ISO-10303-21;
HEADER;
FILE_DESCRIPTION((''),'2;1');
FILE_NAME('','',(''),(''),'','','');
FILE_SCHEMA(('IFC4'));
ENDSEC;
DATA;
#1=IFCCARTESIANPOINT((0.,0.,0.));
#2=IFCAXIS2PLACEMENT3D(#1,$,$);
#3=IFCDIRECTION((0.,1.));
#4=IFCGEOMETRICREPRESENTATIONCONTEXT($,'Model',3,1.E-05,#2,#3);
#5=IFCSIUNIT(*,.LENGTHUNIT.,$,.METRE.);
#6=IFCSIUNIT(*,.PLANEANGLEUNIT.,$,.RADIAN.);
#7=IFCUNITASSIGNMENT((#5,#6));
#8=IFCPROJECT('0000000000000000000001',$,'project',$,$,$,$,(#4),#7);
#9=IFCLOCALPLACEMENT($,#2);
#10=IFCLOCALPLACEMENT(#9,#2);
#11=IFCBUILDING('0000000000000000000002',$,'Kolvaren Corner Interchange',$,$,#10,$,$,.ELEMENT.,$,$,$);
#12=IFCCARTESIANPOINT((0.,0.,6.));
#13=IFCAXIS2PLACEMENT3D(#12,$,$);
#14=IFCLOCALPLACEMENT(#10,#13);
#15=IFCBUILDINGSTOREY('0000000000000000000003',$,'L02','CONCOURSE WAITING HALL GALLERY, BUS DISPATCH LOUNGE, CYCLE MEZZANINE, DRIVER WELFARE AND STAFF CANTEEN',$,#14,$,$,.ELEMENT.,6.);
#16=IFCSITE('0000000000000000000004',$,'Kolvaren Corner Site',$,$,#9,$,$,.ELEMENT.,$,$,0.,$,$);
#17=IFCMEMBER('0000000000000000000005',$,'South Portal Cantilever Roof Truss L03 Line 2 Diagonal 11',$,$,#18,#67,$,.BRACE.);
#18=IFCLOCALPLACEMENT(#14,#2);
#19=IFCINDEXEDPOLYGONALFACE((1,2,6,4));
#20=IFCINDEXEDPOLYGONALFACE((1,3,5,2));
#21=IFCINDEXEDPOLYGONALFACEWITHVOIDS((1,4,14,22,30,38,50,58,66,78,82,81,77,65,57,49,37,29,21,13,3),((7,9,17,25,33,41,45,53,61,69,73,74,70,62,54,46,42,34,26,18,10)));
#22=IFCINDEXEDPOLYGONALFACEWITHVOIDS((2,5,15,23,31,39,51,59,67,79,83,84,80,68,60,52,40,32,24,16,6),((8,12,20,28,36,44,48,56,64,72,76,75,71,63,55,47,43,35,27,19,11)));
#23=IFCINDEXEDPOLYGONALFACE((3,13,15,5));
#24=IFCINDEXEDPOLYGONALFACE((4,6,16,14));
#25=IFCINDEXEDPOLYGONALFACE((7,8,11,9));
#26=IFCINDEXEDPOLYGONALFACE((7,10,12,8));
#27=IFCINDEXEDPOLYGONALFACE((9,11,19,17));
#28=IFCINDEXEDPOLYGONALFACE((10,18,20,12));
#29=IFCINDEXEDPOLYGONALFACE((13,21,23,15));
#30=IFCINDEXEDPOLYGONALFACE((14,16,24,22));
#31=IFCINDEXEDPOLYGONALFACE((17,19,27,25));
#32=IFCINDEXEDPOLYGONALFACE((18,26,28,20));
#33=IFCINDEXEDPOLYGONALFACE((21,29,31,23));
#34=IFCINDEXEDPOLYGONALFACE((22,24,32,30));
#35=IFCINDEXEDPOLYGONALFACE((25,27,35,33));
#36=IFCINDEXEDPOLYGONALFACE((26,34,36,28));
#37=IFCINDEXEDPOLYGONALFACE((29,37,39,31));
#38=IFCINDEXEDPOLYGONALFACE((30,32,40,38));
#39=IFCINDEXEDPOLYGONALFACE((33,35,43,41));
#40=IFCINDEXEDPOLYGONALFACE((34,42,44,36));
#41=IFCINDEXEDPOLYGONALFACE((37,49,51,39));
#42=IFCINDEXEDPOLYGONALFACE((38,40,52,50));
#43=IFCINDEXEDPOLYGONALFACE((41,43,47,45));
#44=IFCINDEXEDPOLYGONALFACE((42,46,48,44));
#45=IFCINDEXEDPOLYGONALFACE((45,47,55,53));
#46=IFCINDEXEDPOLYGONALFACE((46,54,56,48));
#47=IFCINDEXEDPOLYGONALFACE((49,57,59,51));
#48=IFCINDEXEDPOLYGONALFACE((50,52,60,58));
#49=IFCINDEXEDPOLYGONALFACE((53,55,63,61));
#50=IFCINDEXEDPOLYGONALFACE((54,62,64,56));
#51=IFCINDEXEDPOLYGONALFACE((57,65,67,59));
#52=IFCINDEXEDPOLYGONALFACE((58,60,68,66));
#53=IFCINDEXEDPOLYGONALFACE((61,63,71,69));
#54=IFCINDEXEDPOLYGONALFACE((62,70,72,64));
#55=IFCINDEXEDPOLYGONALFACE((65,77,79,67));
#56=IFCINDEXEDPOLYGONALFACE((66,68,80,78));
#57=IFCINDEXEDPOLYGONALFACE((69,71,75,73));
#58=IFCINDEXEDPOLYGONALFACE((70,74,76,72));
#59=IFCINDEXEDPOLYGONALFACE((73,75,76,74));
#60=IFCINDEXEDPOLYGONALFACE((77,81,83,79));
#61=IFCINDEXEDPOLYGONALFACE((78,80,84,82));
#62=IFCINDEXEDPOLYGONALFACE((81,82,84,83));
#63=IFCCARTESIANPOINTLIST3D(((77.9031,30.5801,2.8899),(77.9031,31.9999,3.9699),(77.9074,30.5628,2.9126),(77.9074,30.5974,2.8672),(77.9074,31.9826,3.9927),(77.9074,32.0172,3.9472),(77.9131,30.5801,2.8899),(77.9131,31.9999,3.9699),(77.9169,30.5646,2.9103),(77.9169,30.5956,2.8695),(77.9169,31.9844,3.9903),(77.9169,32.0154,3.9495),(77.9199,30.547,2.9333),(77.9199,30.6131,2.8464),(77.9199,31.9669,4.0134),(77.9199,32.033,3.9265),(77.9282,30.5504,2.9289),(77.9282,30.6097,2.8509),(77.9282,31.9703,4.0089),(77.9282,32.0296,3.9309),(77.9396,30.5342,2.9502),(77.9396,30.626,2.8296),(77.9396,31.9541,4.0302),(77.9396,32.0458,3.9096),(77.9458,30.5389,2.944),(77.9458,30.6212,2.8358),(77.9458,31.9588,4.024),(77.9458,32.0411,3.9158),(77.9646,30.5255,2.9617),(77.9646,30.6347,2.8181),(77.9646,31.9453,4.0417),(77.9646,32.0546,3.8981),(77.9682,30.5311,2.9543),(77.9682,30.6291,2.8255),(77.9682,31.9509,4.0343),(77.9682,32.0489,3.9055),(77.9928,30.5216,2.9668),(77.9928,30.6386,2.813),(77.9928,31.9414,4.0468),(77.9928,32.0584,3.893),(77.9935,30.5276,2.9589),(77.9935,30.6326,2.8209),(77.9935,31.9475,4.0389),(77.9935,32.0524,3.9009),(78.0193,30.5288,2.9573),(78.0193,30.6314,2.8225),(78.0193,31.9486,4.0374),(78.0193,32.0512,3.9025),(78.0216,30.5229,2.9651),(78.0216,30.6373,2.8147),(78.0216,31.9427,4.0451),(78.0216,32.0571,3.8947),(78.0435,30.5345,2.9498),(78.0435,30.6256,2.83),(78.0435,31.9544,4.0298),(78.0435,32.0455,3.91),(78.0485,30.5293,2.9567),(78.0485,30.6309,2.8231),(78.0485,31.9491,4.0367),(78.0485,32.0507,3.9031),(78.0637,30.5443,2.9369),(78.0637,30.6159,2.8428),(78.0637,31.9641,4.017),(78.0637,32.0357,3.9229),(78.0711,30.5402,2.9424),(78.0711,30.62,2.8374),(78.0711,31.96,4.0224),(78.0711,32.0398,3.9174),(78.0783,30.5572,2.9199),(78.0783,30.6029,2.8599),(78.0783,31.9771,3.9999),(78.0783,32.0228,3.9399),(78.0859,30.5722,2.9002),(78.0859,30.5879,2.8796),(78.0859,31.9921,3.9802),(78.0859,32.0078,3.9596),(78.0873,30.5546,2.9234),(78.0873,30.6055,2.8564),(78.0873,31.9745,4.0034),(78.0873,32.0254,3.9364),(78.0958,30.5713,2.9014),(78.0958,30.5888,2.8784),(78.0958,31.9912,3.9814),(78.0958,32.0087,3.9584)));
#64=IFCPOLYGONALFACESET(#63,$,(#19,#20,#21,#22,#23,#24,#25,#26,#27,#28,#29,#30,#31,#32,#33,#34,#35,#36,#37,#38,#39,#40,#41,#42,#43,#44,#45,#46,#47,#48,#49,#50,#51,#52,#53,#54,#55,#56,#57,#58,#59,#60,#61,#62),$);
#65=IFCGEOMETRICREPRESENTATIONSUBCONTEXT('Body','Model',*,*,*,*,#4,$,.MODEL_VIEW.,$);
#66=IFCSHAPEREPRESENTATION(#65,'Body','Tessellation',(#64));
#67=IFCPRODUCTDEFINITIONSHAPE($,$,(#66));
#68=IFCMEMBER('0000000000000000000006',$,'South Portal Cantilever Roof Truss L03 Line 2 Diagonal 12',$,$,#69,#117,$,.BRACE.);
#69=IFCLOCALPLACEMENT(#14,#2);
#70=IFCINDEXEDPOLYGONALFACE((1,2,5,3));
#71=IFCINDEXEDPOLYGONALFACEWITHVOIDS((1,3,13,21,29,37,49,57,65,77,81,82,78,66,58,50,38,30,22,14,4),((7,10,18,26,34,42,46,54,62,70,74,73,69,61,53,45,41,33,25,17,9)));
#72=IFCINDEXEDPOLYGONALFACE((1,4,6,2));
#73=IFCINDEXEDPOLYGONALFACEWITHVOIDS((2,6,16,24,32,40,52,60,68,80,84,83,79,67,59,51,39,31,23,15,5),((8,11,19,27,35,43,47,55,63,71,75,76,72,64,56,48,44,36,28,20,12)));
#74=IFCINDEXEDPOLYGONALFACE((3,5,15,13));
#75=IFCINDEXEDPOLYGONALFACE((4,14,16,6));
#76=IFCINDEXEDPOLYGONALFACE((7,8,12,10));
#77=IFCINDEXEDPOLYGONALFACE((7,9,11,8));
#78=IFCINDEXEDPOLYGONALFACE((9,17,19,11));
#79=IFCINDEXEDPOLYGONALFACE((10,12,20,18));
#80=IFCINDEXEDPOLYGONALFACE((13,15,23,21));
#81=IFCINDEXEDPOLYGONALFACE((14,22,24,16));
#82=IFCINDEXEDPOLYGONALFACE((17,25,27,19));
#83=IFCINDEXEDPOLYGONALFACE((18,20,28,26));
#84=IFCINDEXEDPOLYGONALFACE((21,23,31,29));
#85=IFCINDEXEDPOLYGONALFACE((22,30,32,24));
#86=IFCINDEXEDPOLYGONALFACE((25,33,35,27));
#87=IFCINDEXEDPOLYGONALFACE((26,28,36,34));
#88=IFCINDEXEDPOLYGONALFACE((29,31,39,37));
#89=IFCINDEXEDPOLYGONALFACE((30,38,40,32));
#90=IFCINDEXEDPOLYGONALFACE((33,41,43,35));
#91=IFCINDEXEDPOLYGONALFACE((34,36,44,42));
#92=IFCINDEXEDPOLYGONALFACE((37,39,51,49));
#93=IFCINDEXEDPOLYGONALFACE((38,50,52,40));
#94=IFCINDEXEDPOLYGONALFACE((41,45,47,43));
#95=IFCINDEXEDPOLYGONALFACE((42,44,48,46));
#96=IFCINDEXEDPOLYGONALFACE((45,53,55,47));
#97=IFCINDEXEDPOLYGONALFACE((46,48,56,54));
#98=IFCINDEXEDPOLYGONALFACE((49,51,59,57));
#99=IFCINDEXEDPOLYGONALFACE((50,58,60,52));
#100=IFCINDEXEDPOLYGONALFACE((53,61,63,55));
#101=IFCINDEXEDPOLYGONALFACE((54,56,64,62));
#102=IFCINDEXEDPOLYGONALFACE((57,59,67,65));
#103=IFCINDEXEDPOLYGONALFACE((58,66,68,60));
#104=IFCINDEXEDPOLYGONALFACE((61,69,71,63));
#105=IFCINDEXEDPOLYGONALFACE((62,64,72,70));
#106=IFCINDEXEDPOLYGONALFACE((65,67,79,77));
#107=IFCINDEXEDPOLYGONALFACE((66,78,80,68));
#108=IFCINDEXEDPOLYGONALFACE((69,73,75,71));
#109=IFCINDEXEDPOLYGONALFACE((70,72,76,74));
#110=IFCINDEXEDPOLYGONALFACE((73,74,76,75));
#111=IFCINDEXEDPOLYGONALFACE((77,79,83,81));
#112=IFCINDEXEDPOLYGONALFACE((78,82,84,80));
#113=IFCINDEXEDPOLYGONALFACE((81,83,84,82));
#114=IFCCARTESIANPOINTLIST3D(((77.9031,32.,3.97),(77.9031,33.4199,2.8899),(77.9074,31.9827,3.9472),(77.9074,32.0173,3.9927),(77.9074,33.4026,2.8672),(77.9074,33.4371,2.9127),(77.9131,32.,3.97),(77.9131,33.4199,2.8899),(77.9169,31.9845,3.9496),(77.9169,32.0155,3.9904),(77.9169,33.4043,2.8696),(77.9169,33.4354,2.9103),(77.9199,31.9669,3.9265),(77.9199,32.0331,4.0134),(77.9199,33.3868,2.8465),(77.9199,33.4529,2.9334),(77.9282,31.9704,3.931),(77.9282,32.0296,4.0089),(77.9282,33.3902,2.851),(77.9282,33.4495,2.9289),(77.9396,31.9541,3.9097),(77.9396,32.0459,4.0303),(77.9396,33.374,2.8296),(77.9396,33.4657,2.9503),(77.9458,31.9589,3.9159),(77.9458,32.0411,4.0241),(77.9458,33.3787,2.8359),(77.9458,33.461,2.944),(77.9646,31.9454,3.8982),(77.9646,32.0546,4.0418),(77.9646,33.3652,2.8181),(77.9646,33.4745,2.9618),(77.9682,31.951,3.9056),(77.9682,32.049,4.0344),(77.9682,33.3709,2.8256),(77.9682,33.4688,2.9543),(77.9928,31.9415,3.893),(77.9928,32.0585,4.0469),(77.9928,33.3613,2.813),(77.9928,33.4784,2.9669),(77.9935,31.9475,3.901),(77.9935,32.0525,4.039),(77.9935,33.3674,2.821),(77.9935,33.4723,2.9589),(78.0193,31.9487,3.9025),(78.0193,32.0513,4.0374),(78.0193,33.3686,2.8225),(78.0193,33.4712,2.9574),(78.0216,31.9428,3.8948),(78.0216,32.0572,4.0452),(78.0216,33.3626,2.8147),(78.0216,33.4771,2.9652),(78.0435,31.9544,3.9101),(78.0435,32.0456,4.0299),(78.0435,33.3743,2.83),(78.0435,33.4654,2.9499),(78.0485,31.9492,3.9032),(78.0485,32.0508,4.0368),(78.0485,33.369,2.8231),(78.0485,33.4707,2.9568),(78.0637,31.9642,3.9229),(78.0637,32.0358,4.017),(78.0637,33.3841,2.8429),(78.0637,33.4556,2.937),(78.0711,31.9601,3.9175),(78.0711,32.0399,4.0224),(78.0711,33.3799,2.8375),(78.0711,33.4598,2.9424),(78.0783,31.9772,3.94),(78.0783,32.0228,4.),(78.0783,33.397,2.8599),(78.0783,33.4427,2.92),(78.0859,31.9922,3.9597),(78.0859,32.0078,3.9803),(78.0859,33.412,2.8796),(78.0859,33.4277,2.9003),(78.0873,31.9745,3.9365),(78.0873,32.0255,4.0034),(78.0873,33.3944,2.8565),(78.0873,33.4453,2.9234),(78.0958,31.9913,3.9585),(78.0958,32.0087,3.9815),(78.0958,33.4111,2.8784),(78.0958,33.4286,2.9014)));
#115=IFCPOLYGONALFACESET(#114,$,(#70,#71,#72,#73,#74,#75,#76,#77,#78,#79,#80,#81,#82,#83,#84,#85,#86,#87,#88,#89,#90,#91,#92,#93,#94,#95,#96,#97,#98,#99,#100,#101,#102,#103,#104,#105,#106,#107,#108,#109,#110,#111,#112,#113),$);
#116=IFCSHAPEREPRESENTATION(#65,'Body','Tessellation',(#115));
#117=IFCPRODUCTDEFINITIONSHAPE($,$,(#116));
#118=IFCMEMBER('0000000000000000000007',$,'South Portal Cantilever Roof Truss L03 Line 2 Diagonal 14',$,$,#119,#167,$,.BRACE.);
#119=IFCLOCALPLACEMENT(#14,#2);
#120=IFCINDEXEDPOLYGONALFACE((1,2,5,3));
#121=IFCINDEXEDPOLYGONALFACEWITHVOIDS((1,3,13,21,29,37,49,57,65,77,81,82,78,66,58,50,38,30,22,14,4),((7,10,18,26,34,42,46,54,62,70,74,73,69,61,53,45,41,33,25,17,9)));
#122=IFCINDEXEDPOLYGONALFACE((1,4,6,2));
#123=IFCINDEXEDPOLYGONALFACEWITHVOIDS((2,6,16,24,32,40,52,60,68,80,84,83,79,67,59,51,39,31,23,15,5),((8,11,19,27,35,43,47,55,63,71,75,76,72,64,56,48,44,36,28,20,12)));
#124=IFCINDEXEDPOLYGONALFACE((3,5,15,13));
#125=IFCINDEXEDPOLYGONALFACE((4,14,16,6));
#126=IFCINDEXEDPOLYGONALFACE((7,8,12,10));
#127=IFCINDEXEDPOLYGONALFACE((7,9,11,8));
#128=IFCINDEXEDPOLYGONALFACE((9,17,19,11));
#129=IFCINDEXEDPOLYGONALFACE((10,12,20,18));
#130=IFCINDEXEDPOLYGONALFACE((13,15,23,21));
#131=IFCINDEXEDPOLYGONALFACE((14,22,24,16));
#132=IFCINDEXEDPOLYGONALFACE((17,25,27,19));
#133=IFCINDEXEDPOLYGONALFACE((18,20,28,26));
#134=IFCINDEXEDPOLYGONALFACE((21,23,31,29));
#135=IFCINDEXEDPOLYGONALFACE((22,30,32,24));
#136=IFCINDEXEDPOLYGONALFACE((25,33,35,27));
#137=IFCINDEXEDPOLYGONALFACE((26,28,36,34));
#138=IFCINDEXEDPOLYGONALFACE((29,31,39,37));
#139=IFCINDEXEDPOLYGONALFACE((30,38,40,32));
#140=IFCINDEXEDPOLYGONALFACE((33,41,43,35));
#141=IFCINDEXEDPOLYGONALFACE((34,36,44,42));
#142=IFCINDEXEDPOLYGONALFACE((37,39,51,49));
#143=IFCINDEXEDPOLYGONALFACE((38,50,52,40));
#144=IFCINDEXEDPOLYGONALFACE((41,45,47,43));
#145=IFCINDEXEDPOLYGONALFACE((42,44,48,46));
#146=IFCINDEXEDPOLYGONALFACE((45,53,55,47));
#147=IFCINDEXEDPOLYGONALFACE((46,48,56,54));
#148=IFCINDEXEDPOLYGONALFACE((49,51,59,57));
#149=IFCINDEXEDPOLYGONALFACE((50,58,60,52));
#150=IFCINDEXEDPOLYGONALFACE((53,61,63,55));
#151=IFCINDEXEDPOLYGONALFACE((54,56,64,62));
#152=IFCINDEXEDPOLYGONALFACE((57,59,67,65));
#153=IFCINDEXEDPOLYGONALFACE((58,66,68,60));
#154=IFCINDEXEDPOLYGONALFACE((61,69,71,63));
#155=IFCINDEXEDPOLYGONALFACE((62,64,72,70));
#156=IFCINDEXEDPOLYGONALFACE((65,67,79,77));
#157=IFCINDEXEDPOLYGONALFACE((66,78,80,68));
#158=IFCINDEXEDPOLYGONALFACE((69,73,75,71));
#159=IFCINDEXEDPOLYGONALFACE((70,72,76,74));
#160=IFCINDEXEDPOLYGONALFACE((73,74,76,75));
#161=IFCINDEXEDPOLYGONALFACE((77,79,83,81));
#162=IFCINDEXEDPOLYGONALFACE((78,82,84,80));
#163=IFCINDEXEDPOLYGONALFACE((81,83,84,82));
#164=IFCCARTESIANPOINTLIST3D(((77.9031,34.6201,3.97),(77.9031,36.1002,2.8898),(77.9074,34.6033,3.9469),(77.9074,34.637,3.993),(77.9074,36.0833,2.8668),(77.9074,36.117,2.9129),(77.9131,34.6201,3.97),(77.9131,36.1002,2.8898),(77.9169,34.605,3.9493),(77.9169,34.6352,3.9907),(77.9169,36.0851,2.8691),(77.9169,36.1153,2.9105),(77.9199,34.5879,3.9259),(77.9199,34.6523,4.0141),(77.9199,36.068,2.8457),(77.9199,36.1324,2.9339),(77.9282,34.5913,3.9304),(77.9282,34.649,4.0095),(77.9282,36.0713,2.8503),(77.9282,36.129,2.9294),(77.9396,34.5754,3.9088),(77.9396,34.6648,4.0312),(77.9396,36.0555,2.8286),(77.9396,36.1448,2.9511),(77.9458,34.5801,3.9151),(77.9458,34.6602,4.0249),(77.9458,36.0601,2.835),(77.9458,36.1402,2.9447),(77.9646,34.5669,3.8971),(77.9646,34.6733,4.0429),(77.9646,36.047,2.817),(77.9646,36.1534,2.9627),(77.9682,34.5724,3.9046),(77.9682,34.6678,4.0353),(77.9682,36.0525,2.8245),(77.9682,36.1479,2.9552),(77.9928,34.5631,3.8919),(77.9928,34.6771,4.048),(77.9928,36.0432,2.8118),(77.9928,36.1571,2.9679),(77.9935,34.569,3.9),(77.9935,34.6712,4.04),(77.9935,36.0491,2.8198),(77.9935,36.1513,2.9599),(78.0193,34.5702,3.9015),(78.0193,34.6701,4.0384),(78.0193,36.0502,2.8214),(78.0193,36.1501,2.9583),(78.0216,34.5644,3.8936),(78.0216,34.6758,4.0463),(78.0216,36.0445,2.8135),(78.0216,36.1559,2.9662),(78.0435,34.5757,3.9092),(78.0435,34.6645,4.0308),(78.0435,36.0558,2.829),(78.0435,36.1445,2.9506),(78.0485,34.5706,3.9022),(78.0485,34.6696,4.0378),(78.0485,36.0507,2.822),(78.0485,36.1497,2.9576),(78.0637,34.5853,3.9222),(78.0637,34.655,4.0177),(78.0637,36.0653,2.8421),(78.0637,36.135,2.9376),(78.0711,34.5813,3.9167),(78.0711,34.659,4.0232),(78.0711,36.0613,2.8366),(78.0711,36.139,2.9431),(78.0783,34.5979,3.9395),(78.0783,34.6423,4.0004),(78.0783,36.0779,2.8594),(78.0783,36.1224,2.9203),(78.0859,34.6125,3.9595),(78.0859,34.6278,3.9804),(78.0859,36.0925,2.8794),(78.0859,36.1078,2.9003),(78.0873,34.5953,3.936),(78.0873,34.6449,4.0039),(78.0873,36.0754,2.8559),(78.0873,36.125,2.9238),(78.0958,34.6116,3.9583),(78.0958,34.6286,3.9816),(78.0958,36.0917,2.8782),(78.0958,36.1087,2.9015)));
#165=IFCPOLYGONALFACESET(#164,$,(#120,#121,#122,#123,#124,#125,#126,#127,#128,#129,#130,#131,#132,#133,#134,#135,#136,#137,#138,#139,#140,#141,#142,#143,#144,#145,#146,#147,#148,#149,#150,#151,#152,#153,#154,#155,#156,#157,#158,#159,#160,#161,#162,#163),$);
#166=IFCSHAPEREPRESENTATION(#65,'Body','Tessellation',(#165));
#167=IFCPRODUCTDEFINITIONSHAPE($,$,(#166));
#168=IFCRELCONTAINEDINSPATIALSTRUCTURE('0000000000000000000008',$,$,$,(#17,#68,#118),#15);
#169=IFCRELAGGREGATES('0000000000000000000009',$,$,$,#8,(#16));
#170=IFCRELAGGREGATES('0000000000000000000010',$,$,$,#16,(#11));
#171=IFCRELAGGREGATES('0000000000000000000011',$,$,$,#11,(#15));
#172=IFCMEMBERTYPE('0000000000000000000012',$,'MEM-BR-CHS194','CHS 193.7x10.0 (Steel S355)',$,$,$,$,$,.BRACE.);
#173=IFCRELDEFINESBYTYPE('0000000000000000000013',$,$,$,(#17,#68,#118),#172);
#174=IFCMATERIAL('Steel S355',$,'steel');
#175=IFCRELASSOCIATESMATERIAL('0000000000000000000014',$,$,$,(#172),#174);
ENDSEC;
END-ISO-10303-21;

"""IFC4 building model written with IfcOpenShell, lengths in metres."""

from ifc_helpers import new_model, si_unit, direction, frame, origin, origin_2d, place, context, subcontext, project, spatial, hollow_circle, extrude, material, material_profile, profile_set, type_object, element, save


model = new_model("IFC4")

# Units and contexts
model_context = context("Model", 3, precision=1e-05, world=origin(), true_north=direction((0.0, 1.0)))
body_context = subcontext(model_context, "Body", "Model", "MODEL_VIEW")
ifc_project = project(units=[si_unit("LENGTHUNIT", "METRE"), si_unit("PLANEANGLEUNIT", "RADIAN")], contexts=[model_context])

# Site, building, storey
site_placement = place(None, origin())
site = spatial("IfcSite", under=ifc_project, at=site_placement, Name="Kolvaren Corner Site", CompositionType="ELEMENT", RefElevation=0.0)
building_placement = place(site_placement, origin())
building = spatial("IfcBuilding", under=site, at=building_placement, Name="Kolvaren Corner Interchange", CompositionType="ELEMENT")
storey_placement = place(building_placement, frame((0.0, 0.0, 6.0)))
storey = spatial("IfcBuildingStorey", under=building, at=storey_placement, Name="L02", Description="CONCOURSE WAITING HALL GALLERY, BUS DISPATCH LOUNGE, CYCLE MEZZANINE, DRIVER WELFARE AND STAFF CANTEEN", CompositionType="ELEMENT", Elevation=6.0)

# Members
ifc_material_1 = material(Name="Steel S355", Category="steel")
ifc_material_profile_1 = material_profile(ifc_material_1, hollow_circle(Radius=0.0969, WallThickness=0.01, at=origin_2d()), Name="CHS 193.7x10.0")
ifc_profile_set_1 = profile_set([ifc_material_profile_1], Name="Steel S355")
member_type_1 = type_object("IfcMemberType", Name="MEM-BR-CHS194", Description="CHS 193.7x10.0 (Steel S355)", PredefinedType="BRACE", material=ifc_profile_set_1)
for number, where, z_axis, x_axis, name in (
    (1, (78.0, 30.5801, 2.8899), (0.0, 0.795909, 0.605416), (-1.0, 0.0, 0.0), "South Portal Cantilever Roof Truss L03 Line 2 Diagonal 11"),
    (2, (78.0, 32.0, 3.97), (0.0, 0.795909, -0.605416), (-1.0, 0.0, 0.0), "South Portal Cantilever Roof Truss L03 Line 2 Diagonal 12"),
):
    element("IfcMember", number, at=place(storey_placement, frame(where, z_axis=z_axis, x_axis=x_axis)), inside=storey, type_object=member_type_1, Name=name, PredefinedType="BRACE", context=body_context, shape_type="SweptSolid", body=[
        extrude(hollow_circle(Radius=0.0969, WallThickness=0.01, at=origin_2d()), origin(), (0.0, 0.0, 1.0), 1.7839),
    ])
for number, where, z_axis, x_axis, name in (
    (3, (78.0, 34.6201, 3.97), (0.0, 0.807767, -0.589502), (-1.0, 0.0, 0.0), "South Portal Cantilever Roof Truss L03 Line 2 Diagonal 14"),
):
    element("IfcMember", number, at=place(storey_placement, frame(where, z_axis=z_axis, x_axis=x_axis)), inside=storey, type_object=member_type_1, Name=name, PredefinedType="BRACE", context=body_context, shape_type="SweptSolid", body=[
        extrude(hollow_circle(Radius=0.0969, WallThickness=0.01, at=origin_2d()), origin(), (0.0, 0.0, 1.0), 1.8323),
    ])

save(model, "model.ifc")
